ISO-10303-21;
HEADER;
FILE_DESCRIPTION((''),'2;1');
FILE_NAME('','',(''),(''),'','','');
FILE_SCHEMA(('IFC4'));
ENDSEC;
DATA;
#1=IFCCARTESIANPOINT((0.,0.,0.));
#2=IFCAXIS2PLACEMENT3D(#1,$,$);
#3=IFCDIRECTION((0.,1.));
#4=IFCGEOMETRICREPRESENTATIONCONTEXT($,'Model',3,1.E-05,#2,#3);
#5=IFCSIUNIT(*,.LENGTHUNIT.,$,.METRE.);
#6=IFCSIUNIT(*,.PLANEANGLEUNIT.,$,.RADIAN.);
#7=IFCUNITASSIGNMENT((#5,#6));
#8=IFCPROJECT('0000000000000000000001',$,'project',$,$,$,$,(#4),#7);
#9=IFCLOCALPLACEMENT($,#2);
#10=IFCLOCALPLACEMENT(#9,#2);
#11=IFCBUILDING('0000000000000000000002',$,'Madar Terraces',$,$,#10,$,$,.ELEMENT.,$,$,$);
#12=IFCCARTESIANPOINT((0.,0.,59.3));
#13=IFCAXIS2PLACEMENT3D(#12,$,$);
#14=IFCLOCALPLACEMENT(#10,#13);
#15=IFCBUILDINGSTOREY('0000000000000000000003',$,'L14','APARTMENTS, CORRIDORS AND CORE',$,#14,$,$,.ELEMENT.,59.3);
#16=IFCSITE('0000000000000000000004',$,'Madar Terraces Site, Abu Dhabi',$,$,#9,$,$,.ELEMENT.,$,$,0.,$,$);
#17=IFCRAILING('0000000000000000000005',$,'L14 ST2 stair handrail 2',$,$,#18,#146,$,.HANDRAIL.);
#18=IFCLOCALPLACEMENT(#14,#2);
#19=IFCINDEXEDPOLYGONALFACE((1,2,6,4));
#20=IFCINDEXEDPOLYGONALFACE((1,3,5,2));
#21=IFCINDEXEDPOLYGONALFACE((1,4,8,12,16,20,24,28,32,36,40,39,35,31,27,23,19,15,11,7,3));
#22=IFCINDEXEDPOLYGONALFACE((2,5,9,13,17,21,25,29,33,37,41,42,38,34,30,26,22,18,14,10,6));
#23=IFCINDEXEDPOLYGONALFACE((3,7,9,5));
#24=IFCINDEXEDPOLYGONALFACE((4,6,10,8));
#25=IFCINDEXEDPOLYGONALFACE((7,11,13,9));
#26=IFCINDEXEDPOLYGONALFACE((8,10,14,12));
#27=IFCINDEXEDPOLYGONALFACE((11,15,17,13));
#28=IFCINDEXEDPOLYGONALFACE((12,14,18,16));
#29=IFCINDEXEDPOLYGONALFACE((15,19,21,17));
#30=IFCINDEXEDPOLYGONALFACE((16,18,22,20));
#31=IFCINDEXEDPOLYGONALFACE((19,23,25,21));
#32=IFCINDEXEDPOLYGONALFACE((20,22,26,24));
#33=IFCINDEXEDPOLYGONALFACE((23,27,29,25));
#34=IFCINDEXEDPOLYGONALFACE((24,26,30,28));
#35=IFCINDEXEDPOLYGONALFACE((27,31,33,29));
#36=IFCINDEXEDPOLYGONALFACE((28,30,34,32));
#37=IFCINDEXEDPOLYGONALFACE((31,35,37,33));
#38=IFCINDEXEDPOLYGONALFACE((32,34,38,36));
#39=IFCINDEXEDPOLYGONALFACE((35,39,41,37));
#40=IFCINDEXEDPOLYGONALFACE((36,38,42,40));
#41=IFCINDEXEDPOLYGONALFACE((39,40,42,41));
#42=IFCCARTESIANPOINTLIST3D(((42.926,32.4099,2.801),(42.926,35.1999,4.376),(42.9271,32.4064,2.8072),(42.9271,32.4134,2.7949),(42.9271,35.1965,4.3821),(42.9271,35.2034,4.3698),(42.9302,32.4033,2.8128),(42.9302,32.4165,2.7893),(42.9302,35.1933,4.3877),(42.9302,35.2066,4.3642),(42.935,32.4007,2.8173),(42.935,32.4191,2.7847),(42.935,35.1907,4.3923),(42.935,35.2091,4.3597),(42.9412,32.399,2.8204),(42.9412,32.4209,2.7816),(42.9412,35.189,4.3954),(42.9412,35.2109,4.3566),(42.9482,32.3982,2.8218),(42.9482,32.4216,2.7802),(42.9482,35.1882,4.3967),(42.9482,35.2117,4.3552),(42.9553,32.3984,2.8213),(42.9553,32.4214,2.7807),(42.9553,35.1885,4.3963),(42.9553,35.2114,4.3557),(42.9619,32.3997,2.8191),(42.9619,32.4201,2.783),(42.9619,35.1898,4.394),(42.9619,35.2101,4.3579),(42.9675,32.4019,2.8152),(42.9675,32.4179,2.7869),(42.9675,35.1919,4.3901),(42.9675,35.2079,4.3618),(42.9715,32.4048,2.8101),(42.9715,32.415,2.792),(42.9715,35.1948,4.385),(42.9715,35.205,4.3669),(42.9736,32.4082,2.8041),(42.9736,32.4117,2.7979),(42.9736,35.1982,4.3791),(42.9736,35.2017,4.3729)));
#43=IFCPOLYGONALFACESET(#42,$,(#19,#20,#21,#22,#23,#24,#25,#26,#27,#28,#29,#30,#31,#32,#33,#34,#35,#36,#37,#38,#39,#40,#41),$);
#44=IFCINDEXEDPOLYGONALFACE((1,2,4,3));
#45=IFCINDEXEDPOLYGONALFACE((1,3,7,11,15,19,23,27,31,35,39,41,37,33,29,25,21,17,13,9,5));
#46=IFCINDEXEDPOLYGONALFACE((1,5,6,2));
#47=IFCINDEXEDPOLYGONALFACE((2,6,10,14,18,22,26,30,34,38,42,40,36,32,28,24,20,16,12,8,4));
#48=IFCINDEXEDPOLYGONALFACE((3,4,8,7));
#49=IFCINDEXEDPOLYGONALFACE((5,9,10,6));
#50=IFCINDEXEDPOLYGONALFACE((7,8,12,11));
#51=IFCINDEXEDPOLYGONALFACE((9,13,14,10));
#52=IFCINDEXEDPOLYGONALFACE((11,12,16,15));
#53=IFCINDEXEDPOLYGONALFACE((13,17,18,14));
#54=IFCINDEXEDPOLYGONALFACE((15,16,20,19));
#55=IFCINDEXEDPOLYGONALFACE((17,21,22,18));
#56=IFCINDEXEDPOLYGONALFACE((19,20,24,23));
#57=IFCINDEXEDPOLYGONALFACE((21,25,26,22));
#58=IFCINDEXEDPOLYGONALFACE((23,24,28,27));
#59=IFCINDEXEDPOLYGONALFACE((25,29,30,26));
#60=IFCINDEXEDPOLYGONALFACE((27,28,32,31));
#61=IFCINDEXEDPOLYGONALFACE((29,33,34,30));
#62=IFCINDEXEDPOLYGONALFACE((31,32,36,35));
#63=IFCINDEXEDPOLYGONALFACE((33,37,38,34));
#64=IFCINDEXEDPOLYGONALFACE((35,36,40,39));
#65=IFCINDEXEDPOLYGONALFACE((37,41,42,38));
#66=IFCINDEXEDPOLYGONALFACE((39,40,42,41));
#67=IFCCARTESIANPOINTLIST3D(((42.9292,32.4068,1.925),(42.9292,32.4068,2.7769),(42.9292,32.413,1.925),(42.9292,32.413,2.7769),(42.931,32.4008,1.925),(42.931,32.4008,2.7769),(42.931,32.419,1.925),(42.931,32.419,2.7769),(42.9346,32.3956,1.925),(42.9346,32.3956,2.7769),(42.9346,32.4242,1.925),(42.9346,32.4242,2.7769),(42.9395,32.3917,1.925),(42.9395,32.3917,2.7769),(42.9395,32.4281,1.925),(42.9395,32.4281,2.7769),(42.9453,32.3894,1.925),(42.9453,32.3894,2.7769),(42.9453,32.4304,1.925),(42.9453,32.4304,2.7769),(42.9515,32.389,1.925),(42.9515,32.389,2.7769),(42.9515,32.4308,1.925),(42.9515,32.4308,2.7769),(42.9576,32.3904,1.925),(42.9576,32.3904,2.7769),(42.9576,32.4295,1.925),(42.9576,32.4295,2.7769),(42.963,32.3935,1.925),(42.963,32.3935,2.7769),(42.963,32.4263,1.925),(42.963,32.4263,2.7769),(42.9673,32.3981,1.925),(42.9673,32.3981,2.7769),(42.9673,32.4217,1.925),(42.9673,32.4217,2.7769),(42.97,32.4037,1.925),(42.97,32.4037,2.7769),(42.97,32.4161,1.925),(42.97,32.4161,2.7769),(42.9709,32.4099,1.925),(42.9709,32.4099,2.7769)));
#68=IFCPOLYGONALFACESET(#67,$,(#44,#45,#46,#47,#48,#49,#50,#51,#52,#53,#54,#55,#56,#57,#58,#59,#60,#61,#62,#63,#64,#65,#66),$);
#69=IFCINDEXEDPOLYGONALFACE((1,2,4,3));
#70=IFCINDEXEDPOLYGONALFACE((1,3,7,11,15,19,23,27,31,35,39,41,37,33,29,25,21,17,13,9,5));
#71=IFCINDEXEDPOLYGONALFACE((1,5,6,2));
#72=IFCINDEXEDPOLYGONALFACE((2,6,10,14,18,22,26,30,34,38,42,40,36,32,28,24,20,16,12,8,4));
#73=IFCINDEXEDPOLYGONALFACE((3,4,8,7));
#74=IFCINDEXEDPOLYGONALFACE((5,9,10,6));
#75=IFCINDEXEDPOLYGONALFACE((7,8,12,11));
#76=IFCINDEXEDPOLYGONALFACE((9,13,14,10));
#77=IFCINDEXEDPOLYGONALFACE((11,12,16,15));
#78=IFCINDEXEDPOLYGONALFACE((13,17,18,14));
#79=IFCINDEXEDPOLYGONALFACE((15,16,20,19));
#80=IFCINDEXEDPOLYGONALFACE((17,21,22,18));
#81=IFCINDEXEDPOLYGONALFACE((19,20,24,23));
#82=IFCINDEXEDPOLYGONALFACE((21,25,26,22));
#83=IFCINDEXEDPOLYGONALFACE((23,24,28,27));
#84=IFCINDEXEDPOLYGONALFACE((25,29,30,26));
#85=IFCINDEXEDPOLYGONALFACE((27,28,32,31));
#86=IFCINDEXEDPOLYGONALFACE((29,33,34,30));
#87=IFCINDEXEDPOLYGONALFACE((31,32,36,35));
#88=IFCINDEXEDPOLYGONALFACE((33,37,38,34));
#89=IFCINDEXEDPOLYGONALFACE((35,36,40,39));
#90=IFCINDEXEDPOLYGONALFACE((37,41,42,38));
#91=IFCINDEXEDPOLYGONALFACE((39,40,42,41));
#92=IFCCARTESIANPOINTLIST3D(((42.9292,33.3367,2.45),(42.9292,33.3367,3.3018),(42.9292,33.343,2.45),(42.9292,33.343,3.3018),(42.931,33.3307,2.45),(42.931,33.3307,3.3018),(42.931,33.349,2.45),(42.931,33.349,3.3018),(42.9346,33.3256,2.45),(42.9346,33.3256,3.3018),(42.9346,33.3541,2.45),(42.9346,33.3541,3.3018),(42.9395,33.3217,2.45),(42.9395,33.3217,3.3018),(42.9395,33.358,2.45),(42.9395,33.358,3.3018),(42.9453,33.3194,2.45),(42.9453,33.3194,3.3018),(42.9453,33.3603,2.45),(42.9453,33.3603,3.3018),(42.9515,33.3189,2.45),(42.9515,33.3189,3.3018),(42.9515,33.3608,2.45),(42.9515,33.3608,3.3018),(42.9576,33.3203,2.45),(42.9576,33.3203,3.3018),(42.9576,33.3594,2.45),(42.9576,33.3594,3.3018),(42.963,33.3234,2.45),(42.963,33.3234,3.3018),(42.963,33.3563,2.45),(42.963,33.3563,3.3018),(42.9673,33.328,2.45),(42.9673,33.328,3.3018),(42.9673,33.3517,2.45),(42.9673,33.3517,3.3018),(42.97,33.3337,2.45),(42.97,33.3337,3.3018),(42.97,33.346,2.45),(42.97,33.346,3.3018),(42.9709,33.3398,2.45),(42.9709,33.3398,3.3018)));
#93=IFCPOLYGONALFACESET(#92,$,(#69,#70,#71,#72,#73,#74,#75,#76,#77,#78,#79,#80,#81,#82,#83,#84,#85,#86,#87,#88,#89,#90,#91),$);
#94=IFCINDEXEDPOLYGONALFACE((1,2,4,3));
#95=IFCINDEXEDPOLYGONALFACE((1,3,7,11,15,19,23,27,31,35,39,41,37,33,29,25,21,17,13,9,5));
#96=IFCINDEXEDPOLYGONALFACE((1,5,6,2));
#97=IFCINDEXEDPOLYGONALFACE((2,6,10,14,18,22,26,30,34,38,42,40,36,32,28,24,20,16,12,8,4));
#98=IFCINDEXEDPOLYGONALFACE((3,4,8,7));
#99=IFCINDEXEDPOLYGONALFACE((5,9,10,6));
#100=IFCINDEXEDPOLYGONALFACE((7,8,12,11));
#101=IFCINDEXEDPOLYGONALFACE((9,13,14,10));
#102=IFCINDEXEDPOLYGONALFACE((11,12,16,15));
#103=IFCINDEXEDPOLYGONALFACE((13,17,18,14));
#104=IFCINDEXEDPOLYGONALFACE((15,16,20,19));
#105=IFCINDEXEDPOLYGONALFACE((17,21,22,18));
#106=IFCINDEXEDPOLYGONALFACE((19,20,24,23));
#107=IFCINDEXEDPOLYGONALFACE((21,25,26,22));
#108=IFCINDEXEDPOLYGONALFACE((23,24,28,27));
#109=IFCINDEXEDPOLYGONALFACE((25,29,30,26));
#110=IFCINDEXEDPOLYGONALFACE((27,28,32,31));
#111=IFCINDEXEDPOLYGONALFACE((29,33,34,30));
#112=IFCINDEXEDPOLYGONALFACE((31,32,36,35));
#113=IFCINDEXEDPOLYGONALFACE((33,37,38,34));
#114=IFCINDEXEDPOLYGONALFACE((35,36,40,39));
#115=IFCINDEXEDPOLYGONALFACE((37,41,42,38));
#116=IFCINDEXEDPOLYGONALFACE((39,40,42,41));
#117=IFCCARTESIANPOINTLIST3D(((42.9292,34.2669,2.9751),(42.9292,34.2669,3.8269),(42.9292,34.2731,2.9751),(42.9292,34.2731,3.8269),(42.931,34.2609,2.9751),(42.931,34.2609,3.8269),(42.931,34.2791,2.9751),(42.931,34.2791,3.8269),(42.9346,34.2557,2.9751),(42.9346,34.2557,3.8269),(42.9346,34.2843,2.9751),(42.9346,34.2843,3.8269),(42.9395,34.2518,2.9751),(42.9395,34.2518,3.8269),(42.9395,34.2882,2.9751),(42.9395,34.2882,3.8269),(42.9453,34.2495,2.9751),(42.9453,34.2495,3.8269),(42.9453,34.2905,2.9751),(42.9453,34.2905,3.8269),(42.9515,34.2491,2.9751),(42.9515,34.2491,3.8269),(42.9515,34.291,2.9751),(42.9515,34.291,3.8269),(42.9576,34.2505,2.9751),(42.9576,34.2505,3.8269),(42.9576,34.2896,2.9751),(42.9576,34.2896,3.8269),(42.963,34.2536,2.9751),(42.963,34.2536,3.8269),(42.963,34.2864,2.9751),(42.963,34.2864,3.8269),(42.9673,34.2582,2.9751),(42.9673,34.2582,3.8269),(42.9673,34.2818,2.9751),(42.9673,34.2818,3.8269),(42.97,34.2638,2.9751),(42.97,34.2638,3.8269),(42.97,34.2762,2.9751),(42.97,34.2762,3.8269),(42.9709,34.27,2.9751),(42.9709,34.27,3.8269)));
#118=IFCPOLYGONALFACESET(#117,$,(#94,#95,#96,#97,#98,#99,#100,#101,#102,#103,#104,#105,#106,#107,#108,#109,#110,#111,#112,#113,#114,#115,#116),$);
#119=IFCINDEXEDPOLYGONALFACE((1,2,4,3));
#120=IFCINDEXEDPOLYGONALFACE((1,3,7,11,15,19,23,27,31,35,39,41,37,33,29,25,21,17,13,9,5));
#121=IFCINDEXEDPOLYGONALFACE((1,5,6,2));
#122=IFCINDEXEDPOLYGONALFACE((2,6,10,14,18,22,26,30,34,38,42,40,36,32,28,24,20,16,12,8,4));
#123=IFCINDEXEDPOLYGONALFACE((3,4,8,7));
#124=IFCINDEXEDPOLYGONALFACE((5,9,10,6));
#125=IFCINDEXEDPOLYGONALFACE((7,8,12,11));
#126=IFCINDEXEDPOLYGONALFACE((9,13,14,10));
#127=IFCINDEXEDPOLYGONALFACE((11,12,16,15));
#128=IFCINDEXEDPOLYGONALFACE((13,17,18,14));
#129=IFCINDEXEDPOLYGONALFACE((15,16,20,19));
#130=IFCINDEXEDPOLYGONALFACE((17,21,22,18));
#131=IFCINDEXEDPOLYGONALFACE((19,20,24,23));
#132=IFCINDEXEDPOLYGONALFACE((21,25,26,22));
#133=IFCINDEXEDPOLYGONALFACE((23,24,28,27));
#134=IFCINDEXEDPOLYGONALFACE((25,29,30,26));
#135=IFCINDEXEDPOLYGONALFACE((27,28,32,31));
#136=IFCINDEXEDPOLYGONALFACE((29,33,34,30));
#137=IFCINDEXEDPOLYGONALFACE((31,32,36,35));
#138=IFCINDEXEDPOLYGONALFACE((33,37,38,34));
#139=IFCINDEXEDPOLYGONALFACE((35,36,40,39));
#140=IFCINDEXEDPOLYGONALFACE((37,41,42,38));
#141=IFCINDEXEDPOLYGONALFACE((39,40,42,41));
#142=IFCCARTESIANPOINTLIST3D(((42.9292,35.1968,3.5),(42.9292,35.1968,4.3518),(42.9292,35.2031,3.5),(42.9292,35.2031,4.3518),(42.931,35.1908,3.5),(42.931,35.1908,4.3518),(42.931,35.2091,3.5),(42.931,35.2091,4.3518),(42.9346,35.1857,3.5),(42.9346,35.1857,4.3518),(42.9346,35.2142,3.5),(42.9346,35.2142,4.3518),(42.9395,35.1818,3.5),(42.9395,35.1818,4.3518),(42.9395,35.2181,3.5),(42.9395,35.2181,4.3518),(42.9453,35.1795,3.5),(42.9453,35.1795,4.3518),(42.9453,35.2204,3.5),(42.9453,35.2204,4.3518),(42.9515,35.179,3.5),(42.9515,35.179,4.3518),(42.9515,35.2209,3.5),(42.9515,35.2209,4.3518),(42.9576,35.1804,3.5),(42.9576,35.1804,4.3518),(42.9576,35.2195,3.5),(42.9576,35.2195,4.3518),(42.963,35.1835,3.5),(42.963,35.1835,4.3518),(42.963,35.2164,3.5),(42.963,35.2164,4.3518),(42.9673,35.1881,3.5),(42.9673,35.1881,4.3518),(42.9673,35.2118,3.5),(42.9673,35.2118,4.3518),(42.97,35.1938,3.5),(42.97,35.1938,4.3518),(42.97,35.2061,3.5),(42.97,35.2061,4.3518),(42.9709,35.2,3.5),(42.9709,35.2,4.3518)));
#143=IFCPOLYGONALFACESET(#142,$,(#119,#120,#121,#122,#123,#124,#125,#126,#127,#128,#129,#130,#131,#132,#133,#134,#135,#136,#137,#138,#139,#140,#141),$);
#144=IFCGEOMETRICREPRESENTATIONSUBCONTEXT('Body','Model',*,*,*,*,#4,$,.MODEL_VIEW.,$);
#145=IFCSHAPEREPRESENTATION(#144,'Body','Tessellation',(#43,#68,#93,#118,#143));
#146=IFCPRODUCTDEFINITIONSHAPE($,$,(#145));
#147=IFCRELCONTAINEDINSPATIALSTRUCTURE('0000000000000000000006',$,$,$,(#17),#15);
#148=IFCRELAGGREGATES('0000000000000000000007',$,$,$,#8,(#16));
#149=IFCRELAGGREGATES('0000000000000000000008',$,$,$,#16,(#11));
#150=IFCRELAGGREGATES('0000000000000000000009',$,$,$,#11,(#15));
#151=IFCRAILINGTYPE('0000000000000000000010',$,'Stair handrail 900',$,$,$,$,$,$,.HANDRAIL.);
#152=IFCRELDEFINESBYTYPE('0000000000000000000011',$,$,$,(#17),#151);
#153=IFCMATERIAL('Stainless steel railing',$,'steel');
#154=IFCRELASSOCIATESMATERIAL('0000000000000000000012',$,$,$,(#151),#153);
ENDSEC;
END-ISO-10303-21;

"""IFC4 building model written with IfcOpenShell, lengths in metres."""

from ifc_helpers import new_model, si_unit, direction, frame, origin, origin_2d, place, context, subcontext, project, spatial, circle, extrude, material, type_object, element, save


model = new_model("IFC4")

# Units and contexts
model_context = context("Model", 3, precision=1e-05, world=origin(), true_north=direction((0.0, 1.0)))
body_context = subcontext(model_context, "Body", "Model", "MODEL_VIEW")
ifc_project = project(units=[si_unit("LENGTHUNIT", "METRE"), si_unit("PLANEANGLEUNIT", "RADIAN")], contexts=[model_context])

# Site, building, storey
site_placement = place(None, origin())
site = spatial("IfcSite", under=ifc_project, at=site_placement, Name="Madar Terraces Site, Abu Dhabi", CompositionType="ELEMENT", RefElevation=0.0)
building_placement = place(site_placement, origin())
building = spatial("IfcBuilding", under=site, at=building_placement, Name="Madar Terraces", CompositionType="ELEMENT")
storey_placement = place(building_placement, frame((0.0, 0.0, 59.3)))
storey = spatial("IfcBuildingStorey", under=building, at=storey_placement, Name="L14", Description="APARTMENTS, CORRIDORS AND CORE", CompositionType="ELEMENT", Elevation=59.3)

# Railing
ifc_material_1 = material(Name="Stainless steel railing", Category="steel")
railing_type_1 = type_object("IfcRailingType", Name="Stair handrail 900", PredefinedType="HANDRAIL", material=ifc_material_1)
railing_1_placement = place(storey_placement, frame((42.95, 32.4099, 1.925)))
element("IfcRailing", 1, at=railing_1_placement, inside=storey, type_object=railing_type_1, Name="L14 ST2 stair handrail 2", PredefinedType="HANDRAIL", context=body_context, shape_type="SweptSolid", body=[
    extrude(circle(Radius=0.0239, at=origin_2d()), frame((0.0, 0.0, 0.876), z_axis=(0.0, 0.870834, 0.491578), x_axis=(-1.0, 0.0, 0.0)), (0.0, 0.0, 1.0), 3.2039),
    extrude(circle(Radius=0.021, at=origin_2d()), origin(), (0.0, 0.0, 1.0), 0.8518),
    extrude(circle(Radius=0.021, at=origin_2d()), frame((0.0, 0.9299, 0.5249)), (0.0, 0.0, 1.0), 0.8518),
    extrude(circle(Radius=0.021, at=origin_2d()), frame((0.0, 1.8601, 1.05)), (0.0, 0.0, 1.0), 0.8518),
    extrude(circle(Radius=0.021, at=origin_2d()), frame((0.0, 2.79, 1.575)), (0.0, 0.0, 1.0), 0.8518),
])

save(model, "model.ifc")
